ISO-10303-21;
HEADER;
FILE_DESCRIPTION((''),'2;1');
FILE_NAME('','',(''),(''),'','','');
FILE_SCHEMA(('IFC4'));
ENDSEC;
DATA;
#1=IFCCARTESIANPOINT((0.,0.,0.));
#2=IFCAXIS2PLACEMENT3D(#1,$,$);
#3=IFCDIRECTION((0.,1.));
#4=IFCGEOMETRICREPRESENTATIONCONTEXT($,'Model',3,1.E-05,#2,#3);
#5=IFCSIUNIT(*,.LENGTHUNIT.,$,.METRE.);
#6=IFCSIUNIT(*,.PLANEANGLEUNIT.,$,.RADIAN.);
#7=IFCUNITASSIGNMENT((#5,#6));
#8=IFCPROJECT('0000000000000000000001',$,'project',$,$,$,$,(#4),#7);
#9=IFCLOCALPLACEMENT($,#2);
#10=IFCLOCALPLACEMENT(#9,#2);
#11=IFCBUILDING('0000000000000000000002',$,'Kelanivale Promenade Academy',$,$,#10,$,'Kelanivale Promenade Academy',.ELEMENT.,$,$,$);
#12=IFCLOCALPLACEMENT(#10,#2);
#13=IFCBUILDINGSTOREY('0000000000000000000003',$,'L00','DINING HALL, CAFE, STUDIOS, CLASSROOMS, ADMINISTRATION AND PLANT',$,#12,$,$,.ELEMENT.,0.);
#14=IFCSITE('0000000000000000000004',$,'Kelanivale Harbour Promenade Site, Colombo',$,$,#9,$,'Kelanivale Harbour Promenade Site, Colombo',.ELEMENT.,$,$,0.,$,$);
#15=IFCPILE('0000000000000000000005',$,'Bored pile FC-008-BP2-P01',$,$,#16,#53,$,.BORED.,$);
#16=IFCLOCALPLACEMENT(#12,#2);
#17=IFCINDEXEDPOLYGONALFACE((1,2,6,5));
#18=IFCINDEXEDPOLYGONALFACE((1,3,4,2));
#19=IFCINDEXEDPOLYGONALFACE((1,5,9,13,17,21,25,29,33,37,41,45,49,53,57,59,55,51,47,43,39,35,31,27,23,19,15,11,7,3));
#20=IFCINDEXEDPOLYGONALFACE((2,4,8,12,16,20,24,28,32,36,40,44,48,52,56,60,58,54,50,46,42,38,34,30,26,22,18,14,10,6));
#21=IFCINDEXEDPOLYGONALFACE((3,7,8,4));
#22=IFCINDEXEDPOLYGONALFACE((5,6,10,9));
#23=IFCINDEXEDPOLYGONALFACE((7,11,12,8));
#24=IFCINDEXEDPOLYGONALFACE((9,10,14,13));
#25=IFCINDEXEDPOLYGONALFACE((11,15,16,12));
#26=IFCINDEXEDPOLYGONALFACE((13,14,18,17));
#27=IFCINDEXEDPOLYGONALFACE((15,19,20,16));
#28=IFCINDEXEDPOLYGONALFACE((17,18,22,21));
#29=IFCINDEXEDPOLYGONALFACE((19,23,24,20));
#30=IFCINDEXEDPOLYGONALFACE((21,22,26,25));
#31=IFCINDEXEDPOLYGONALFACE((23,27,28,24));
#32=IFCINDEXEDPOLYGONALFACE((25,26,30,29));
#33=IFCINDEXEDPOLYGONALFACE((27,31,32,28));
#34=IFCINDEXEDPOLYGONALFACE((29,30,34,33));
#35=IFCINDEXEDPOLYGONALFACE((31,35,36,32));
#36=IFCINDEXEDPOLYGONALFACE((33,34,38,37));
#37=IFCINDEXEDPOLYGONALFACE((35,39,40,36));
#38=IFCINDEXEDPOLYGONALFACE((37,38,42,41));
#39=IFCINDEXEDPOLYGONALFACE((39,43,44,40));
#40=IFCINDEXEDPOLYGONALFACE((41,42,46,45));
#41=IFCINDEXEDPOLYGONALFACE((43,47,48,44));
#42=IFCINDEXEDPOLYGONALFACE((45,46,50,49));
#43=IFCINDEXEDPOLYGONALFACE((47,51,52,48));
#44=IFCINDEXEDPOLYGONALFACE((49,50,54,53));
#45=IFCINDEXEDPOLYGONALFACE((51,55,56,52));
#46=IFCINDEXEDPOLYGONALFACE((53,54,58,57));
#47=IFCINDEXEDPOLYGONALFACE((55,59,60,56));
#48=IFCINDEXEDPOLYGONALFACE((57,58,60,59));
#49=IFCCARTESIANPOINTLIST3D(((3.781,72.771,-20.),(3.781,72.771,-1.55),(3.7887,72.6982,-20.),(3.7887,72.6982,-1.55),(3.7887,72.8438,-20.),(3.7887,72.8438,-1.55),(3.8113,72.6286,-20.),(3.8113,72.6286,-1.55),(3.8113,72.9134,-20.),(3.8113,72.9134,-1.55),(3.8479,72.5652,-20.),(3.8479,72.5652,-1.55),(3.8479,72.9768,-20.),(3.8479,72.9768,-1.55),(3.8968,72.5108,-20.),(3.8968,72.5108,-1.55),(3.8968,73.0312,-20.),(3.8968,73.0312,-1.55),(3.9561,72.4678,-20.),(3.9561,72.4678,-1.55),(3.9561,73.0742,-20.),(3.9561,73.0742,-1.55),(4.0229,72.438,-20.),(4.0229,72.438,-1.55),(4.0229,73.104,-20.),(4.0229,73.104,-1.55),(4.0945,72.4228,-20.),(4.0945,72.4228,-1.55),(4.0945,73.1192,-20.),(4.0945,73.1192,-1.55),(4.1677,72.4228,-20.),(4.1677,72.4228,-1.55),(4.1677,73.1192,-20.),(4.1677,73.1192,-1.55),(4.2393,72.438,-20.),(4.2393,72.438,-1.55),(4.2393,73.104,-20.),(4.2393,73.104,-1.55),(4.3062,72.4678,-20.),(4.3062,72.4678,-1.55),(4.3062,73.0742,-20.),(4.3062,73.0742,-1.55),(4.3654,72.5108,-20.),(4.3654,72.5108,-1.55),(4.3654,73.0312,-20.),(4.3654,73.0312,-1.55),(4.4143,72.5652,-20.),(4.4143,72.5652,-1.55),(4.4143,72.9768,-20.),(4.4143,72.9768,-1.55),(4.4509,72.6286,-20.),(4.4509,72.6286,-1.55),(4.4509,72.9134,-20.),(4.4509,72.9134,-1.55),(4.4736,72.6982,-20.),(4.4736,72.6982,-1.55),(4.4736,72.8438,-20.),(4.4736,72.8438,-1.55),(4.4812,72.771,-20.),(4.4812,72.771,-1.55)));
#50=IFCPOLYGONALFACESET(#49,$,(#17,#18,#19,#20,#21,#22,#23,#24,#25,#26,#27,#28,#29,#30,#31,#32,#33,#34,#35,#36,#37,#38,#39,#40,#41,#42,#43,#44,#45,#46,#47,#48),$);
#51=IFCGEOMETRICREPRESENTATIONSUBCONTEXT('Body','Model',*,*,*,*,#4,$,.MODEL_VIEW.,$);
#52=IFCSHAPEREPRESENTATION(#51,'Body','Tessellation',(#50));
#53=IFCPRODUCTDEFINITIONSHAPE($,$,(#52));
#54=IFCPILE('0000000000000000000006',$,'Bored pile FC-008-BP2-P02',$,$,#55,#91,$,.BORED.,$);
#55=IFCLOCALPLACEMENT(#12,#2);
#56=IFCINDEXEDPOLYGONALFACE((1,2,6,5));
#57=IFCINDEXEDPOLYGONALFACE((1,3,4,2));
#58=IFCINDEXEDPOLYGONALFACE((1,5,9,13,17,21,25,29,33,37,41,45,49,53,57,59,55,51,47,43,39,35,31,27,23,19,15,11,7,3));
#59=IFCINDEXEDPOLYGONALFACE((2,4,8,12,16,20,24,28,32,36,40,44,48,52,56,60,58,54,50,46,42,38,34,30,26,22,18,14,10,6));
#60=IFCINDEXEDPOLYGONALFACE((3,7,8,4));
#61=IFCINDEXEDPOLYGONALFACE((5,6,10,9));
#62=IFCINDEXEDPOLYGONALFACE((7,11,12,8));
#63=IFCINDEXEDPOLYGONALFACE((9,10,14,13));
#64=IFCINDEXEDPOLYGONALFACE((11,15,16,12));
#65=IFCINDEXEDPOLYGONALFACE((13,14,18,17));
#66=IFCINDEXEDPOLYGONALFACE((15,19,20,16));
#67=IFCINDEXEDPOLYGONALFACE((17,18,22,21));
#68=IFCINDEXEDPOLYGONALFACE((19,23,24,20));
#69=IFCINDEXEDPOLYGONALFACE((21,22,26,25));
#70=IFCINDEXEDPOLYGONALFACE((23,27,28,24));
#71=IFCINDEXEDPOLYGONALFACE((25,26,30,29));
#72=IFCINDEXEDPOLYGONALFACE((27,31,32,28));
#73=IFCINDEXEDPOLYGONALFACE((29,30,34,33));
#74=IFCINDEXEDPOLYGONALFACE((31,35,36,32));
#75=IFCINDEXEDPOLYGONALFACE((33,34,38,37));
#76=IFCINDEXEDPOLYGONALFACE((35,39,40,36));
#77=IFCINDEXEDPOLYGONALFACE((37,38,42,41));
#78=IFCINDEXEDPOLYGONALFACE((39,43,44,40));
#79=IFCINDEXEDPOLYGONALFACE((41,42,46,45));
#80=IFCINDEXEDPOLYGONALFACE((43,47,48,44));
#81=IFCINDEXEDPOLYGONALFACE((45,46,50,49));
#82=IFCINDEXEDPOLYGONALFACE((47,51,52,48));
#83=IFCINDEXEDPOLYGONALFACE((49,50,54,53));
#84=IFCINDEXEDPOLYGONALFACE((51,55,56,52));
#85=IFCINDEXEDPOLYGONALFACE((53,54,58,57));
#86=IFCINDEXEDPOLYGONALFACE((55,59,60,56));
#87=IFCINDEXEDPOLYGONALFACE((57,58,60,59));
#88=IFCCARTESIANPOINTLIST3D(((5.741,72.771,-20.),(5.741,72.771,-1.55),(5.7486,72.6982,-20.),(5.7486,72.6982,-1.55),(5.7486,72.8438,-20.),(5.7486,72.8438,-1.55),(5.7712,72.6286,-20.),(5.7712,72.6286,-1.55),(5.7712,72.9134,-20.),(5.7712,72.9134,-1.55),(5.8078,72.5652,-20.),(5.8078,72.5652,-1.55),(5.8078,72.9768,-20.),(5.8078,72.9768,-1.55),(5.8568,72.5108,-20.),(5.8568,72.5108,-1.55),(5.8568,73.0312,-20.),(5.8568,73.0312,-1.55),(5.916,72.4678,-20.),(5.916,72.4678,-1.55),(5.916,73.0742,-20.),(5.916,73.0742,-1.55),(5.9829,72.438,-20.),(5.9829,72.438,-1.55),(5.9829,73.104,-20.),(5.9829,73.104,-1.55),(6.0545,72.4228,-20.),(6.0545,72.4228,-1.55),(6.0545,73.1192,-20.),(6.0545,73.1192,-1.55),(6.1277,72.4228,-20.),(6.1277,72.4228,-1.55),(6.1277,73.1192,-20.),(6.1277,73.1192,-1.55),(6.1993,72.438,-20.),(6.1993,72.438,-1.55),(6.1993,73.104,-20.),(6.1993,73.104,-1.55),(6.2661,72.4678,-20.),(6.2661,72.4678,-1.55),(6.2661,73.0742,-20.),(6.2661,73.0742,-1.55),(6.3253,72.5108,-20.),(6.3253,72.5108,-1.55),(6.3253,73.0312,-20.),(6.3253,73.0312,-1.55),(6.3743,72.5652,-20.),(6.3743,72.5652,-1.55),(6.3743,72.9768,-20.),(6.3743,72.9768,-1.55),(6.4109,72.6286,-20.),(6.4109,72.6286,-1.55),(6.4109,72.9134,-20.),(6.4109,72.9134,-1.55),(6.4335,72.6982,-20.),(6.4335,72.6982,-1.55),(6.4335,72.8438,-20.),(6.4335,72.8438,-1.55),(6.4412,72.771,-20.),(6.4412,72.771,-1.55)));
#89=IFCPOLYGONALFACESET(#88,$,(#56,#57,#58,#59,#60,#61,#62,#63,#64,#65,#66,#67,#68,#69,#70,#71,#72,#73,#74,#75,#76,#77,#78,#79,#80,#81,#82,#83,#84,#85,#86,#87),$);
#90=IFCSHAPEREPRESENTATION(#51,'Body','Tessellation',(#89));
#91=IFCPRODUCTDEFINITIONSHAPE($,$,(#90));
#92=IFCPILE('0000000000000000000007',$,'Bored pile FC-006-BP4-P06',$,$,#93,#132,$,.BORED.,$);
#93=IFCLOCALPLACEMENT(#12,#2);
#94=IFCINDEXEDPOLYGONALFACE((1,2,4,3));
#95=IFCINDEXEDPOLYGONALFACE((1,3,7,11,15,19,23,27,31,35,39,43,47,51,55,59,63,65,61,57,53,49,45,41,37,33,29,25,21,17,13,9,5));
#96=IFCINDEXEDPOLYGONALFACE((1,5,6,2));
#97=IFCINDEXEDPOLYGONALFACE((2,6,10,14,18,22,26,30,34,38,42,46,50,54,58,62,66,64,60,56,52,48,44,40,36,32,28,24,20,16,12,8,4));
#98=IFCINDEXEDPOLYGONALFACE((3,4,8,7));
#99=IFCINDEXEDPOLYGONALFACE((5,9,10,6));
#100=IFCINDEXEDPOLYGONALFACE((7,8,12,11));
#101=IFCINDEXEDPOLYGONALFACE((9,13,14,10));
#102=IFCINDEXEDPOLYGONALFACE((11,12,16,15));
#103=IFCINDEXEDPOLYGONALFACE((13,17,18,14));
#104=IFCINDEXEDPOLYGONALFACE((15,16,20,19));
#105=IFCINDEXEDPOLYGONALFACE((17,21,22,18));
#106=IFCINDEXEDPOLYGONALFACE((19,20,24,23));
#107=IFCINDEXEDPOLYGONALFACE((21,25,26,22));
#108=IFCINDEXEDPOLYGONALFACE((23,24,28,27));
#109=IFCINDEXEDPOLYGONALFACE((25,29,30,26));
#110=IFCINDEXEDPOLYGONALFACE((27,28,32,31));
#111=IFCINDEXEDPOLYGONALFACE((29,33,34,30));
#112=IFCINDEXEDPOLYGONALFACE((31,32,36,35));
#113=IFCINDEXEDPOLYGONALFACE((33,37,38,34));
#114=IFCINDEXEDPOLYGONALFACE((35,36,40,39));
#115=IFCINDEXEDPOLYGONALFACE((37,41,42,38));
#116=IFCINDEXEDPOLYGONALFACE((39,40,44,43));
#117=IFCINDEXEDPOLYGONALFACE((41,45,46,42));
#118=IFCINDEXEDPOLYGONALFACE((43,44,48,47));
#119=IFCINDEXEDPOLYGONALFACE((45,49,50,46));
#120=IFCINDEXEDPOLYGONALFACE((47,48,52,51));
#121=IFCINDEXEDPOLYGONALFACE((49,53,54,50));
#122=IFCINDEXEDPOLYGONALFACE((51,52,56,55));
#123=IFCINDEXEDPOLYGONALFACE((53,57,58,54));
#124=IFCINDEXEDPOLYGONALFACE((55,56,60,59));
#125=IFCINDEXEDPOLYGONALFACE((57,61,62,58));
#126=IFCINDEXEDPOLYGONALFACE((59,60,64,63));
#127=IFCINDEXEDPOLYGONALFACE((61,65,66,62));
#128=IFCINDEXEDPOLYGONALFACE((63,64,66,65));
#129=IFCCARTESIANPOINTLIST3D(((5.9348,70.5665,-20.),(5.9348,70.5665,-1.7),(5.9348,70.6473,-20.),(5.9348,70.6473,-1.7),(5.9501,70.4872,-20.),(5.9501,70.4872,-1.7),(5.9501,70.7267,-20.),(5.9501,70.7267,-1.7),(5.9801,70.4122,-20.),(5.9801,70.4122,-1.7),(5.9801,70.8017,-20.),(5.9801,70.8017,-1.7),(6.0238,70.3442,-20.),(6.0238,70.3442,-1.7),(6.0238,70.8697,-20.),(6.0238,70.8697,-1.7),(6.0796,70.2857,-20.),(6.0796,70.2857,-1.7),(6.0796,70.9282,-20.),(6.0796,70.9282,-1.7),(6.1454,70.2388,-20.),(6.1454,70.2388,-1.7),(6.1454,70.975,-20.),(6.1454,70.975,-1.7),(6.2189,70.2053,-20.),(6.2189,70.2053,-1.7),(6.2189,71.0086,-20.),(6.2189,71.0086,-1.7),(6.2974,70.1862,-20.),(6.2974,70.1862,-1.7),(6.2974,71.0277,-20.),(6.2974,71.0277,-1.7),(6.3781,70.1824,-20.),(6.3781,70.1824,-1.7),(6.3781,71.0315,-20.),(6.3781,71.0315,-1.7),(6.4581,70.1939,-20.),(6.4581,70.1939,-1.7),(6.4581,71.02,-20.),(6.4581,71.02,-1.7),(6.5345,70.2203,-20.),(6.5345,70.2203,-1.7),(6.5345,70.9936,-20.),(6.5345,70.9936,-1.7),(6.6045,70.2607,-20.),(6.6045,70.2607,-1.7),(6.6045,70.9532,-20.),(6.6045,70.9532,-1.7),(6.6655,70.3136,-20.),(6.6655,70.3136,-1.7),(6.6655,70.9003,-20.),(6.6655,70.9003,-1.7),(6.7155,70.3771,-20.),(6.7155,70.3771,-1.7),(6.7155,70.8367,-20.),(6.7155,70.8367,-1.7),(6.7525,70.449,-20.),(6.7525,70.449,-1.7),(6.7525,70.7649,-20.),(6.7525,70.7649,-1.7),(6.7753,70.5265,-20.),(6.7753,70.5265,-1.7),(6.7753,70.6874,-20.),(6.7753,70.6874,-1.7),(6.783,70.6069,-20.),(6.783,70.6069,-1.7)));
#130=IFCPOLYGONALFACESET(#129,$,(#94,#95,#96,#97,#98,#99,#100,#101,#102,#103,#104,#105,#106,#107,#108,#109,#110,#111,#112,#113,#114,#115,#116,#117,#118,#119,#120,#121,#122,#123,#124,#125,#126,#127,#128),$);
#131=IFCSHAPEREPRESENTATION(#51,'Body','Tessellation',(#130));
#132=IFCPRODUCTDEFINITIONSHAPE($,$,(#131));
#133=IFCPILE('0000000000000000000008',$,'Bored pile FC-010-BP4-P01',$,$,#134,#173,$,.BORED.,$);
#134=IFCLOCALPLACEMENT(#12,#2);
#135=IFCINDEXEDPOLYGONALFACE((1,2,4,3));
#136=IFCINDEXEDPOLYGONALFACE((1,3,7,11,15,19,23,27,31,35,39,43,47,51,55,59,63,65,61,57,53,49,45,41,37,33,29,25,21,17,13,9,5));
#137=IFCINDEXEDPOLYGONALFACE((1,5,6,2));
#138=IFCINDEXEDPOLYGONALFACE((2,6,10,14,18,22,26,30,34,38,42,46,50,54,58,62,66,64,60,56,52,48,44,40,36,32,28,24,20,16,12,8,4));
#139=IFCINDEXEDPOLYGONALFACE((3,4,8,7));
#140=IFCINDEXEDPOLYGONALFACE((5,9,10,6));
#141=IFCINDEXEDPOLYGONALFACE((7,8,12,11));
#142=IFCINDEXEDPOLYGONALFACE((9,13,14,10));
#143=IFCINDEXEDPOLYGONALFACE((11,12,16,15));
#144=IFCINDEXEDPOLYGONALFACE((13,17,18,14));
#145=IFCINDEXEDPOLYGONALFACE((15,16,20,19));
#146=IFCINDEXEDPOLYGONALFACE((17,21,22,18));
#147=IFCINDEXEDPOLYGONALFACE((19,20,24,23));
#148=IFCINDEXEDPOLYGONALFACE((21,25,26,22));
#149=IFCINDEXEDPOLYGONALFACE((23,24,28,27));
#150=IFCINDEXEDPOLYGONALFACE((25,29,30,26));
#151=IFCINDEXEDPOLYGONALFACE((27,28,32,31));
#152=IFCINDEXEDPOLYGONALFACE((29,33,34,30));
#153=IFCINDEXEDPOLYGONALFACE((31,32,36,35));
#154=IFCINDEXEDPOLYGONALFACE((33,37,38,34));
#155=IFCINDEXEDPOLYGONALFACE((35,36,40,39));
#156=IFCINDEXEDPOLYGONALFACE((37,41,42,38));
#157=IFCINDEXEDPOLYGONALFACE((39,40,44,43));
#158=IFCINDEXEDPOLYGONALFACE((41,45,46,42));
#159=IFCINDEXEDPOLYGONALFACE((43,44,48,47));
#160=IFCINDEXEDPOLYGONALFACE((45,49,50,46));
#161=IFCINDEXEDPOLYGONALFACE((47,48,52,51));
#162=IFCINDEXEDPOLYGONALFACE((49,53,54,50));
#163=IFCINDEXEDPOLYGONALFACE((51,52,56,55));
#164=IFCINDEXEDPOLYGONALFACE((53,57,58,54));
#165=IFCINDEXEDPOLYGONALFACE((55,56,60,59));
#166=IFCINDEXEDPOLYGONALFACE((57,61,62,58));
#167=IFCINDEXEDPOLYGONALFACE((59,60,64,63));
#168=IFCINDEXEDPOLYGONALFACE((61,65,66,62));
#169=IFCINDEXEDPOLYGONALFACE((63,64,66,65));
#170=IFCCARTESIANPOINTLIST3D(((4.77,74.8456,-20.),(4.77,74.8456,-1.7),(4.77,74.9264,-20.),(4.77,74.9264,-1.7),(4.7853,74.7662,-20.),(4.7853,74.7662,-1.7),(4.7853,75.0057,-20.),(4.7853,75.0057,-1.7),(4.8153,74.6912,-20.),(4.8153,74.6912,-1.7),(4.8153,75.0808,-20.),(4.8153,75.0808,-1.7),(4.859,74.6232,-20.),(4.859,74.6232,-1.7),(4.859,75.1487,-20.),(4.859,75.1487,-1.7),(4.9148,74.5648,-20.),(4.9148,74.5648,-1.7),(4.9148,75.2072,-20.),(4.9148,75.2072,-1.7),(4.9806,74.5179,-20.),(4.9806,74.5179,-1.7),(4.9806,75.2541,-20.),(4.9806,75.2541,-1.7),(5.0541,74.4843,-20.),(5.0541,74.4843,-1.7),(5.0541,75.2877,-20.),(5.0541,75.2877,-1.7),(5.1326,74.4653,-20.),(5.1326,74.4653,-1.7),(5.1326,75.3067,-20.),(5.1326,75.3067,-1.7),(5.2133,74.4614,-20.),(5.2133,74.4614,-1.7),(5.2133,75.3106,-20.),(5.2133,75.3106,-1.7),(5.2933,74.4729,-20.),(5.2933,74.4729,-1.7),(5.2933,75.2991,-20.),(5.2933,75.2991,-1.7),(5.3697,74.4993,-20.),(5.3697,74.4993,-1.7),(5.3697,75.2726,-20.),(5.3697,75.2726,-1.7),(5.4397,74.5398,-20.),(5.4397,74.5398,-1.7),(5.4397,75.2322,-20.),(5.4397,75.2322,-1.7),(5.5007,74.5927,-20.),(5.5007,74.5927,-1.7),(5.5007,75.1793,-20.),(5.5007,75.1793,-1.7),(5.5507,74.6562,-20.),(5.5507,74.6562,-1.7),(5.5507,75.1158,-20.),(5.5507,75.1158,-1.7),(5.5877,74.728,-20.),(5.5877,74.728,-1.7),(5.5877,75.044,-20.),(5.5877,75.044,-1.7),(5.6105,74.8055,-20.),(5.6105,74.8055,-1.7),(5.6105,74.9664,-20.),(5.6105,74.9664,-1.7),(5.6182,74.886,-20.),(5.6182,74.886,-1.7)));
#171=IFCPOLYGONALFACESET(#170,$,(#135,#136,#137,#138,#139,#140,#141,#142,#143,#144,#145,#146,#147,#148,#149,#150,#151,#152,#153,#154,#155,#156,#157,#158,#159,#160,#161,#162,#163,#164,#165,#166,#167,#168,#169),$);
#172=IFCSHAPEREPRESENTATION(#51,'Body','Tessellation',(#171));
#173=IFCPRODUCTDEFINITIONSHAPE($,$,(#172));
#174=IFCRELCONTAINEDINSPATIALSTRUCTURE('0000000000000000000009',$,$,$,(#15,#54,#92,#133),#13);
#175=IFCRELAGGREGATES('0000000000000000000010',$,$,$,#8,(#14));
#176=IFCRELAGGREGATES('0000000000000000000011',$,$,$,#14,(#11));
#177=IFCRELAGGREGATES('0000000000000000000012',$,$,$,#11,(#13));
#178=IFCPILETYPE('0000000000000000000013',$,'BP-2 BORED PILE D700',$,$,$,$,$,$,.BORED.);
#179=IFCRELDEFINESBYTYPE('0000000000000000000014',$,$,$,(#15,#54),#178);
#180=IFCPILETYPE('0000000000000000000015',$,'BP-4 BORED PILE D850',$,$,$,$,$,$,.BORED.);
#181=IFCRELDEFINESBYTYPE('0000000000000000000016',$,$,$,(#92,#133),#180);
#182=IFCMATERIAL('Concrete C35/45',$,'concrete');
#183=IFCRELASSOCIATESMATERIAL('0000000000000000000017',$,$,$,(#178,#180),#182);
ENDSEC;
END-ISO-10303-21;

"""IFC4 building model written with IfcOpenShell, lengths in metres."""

from ifc_helpers import new_model, si_unit, direction, frame, origin, origin_2d, place, context, subcontext, project, spatial, circle, extrude, material, material_profile, profile_set, type_object, element, save


model = new_model("IFC4")

# Units and contexts
model_context = context("Model", 3, precision=1e-05, world=origin(), true_north=direction((0.0, 1.0)))
body_context = subcontext(model_context, "Body", "Model", "MODEL_VIEW")
ifc_project = project(units=[si_unit("LENGTHUNIT", "METRE"), si_unit("PLANEANGLEUNIT", "RADIAN")], contexts=[model_context])

# Site, building, storey
site_placement = place(None, origin())
site = spatial("IfcSite", under=ifc_project, at=site_placement, Name="Kelanivale Harbour Promenade Site, Colombo", LongName="Kelanivale Harbour Promenade Site, Colombo", CompositionType="ELEMENT", RefElevation=0.0)
building_placement = place(site_placement, origin())
building = spatial("IfcBuilding", under=site, at=building_placement, Name="Kelanivale Promenade Academy", LongName="Kelanivale Promenade Academy", CompositionType="ELEMENT")
storey_placement = place(building_placement, origin())
storey = spatial("IfcBuildingStorey", under=building, at=storey_placement, Name="L00", Description="DINING HALL, CAFE, STUDIOS, CLASSROOMS, ADMINISTRATION AND PLANT", CompositionType="ELEMENT", Elevation=0.0)

# Piles
ifc_material_1 = material(Name="Concrete C35/45", Category="concrete")
ifc_material_profile_1 = material_profile(ifc_material_1, circle(Radius=0.3501, at=origin_2d()), Name="BORED PILE D700")
ifc_profile_set_1 = profile_set([ifc_material_profile_1], Name="Concrete C35/45")
pile_type_1 = type_object("IfcPileType", Name="BP-2 BORED PILE D700", PredefinedType="BORED", material=ifc_profile_set_1)
for number, where, z_axis, x_axis, name in (
    (1, (4.1311, 72.771, -1.55), (0.0, 0.0, -1.0), (1.0, 0.0, 0.0), "Bored pile FC-008-BP2-P01"),
    (2, (6.0911, 72.771, -1.55), (0.0, 0.0, -1.0), (1.0, 0.0, 0.0), "Bored pile FC-008-BP2-P02"),
):
    element("IfcPile", number, at=place(storey_placement, frame(where, z_axis=z_axis, x_axis=x_axis)), inside=storey, type_object=pile_type_1, Name=name, PredefinedType="BORED", context=body_context, shape_type="SweptSolid", body=[
        extrude(circle(Radius=0.3501, at=origin_2d()), origin(), (0.0, 0.0, 1.0), 18.45),
    ])
ifc_material_profile_2 = material_profile(ifc_material_1, circle(Radius=0.425, at=origin_2d()), Name="BORED PILE D850")
ifc_profile_set_2 = profile_set([ifc_material_profile_2], Name="Concrete C35/45")
pile_type_2 = type_object("IfcPileType", Name="BP-4 BORED PILE D850", PredefinedType="BORED", material=ifc_profile_set_2)
for number, where, z_axis, x_axis, name in (
    (3, (6.3579, 70.6069, -1.7), (0.0, 0.0, -1.0), (1.0, 0.0, 0.0), "Bored pile FC-006-BP4-P06"),
    (4, (5.1931, 74.886, -1.7), (0.0, 0.0, -1.0), (1.0, 0.0, 0.0), "Bored pile FC-010-BP4-P01"),
):
    element("IfcPile", number, at=place(storey_placement, frame(where, z_axis=z_axis, x_axis=x_axis)), inside=storey, type_object=pile_type_2, Name=name, PredefinedType="BORED", context=body_context, shape_type="SweptSolid", body=[
        extrude(circle(Radius=0.425, at=origin_2d()), origin(), (0.0, 0.0, 1.0), 18.3),
    ])

save(model, "model.ifc")
